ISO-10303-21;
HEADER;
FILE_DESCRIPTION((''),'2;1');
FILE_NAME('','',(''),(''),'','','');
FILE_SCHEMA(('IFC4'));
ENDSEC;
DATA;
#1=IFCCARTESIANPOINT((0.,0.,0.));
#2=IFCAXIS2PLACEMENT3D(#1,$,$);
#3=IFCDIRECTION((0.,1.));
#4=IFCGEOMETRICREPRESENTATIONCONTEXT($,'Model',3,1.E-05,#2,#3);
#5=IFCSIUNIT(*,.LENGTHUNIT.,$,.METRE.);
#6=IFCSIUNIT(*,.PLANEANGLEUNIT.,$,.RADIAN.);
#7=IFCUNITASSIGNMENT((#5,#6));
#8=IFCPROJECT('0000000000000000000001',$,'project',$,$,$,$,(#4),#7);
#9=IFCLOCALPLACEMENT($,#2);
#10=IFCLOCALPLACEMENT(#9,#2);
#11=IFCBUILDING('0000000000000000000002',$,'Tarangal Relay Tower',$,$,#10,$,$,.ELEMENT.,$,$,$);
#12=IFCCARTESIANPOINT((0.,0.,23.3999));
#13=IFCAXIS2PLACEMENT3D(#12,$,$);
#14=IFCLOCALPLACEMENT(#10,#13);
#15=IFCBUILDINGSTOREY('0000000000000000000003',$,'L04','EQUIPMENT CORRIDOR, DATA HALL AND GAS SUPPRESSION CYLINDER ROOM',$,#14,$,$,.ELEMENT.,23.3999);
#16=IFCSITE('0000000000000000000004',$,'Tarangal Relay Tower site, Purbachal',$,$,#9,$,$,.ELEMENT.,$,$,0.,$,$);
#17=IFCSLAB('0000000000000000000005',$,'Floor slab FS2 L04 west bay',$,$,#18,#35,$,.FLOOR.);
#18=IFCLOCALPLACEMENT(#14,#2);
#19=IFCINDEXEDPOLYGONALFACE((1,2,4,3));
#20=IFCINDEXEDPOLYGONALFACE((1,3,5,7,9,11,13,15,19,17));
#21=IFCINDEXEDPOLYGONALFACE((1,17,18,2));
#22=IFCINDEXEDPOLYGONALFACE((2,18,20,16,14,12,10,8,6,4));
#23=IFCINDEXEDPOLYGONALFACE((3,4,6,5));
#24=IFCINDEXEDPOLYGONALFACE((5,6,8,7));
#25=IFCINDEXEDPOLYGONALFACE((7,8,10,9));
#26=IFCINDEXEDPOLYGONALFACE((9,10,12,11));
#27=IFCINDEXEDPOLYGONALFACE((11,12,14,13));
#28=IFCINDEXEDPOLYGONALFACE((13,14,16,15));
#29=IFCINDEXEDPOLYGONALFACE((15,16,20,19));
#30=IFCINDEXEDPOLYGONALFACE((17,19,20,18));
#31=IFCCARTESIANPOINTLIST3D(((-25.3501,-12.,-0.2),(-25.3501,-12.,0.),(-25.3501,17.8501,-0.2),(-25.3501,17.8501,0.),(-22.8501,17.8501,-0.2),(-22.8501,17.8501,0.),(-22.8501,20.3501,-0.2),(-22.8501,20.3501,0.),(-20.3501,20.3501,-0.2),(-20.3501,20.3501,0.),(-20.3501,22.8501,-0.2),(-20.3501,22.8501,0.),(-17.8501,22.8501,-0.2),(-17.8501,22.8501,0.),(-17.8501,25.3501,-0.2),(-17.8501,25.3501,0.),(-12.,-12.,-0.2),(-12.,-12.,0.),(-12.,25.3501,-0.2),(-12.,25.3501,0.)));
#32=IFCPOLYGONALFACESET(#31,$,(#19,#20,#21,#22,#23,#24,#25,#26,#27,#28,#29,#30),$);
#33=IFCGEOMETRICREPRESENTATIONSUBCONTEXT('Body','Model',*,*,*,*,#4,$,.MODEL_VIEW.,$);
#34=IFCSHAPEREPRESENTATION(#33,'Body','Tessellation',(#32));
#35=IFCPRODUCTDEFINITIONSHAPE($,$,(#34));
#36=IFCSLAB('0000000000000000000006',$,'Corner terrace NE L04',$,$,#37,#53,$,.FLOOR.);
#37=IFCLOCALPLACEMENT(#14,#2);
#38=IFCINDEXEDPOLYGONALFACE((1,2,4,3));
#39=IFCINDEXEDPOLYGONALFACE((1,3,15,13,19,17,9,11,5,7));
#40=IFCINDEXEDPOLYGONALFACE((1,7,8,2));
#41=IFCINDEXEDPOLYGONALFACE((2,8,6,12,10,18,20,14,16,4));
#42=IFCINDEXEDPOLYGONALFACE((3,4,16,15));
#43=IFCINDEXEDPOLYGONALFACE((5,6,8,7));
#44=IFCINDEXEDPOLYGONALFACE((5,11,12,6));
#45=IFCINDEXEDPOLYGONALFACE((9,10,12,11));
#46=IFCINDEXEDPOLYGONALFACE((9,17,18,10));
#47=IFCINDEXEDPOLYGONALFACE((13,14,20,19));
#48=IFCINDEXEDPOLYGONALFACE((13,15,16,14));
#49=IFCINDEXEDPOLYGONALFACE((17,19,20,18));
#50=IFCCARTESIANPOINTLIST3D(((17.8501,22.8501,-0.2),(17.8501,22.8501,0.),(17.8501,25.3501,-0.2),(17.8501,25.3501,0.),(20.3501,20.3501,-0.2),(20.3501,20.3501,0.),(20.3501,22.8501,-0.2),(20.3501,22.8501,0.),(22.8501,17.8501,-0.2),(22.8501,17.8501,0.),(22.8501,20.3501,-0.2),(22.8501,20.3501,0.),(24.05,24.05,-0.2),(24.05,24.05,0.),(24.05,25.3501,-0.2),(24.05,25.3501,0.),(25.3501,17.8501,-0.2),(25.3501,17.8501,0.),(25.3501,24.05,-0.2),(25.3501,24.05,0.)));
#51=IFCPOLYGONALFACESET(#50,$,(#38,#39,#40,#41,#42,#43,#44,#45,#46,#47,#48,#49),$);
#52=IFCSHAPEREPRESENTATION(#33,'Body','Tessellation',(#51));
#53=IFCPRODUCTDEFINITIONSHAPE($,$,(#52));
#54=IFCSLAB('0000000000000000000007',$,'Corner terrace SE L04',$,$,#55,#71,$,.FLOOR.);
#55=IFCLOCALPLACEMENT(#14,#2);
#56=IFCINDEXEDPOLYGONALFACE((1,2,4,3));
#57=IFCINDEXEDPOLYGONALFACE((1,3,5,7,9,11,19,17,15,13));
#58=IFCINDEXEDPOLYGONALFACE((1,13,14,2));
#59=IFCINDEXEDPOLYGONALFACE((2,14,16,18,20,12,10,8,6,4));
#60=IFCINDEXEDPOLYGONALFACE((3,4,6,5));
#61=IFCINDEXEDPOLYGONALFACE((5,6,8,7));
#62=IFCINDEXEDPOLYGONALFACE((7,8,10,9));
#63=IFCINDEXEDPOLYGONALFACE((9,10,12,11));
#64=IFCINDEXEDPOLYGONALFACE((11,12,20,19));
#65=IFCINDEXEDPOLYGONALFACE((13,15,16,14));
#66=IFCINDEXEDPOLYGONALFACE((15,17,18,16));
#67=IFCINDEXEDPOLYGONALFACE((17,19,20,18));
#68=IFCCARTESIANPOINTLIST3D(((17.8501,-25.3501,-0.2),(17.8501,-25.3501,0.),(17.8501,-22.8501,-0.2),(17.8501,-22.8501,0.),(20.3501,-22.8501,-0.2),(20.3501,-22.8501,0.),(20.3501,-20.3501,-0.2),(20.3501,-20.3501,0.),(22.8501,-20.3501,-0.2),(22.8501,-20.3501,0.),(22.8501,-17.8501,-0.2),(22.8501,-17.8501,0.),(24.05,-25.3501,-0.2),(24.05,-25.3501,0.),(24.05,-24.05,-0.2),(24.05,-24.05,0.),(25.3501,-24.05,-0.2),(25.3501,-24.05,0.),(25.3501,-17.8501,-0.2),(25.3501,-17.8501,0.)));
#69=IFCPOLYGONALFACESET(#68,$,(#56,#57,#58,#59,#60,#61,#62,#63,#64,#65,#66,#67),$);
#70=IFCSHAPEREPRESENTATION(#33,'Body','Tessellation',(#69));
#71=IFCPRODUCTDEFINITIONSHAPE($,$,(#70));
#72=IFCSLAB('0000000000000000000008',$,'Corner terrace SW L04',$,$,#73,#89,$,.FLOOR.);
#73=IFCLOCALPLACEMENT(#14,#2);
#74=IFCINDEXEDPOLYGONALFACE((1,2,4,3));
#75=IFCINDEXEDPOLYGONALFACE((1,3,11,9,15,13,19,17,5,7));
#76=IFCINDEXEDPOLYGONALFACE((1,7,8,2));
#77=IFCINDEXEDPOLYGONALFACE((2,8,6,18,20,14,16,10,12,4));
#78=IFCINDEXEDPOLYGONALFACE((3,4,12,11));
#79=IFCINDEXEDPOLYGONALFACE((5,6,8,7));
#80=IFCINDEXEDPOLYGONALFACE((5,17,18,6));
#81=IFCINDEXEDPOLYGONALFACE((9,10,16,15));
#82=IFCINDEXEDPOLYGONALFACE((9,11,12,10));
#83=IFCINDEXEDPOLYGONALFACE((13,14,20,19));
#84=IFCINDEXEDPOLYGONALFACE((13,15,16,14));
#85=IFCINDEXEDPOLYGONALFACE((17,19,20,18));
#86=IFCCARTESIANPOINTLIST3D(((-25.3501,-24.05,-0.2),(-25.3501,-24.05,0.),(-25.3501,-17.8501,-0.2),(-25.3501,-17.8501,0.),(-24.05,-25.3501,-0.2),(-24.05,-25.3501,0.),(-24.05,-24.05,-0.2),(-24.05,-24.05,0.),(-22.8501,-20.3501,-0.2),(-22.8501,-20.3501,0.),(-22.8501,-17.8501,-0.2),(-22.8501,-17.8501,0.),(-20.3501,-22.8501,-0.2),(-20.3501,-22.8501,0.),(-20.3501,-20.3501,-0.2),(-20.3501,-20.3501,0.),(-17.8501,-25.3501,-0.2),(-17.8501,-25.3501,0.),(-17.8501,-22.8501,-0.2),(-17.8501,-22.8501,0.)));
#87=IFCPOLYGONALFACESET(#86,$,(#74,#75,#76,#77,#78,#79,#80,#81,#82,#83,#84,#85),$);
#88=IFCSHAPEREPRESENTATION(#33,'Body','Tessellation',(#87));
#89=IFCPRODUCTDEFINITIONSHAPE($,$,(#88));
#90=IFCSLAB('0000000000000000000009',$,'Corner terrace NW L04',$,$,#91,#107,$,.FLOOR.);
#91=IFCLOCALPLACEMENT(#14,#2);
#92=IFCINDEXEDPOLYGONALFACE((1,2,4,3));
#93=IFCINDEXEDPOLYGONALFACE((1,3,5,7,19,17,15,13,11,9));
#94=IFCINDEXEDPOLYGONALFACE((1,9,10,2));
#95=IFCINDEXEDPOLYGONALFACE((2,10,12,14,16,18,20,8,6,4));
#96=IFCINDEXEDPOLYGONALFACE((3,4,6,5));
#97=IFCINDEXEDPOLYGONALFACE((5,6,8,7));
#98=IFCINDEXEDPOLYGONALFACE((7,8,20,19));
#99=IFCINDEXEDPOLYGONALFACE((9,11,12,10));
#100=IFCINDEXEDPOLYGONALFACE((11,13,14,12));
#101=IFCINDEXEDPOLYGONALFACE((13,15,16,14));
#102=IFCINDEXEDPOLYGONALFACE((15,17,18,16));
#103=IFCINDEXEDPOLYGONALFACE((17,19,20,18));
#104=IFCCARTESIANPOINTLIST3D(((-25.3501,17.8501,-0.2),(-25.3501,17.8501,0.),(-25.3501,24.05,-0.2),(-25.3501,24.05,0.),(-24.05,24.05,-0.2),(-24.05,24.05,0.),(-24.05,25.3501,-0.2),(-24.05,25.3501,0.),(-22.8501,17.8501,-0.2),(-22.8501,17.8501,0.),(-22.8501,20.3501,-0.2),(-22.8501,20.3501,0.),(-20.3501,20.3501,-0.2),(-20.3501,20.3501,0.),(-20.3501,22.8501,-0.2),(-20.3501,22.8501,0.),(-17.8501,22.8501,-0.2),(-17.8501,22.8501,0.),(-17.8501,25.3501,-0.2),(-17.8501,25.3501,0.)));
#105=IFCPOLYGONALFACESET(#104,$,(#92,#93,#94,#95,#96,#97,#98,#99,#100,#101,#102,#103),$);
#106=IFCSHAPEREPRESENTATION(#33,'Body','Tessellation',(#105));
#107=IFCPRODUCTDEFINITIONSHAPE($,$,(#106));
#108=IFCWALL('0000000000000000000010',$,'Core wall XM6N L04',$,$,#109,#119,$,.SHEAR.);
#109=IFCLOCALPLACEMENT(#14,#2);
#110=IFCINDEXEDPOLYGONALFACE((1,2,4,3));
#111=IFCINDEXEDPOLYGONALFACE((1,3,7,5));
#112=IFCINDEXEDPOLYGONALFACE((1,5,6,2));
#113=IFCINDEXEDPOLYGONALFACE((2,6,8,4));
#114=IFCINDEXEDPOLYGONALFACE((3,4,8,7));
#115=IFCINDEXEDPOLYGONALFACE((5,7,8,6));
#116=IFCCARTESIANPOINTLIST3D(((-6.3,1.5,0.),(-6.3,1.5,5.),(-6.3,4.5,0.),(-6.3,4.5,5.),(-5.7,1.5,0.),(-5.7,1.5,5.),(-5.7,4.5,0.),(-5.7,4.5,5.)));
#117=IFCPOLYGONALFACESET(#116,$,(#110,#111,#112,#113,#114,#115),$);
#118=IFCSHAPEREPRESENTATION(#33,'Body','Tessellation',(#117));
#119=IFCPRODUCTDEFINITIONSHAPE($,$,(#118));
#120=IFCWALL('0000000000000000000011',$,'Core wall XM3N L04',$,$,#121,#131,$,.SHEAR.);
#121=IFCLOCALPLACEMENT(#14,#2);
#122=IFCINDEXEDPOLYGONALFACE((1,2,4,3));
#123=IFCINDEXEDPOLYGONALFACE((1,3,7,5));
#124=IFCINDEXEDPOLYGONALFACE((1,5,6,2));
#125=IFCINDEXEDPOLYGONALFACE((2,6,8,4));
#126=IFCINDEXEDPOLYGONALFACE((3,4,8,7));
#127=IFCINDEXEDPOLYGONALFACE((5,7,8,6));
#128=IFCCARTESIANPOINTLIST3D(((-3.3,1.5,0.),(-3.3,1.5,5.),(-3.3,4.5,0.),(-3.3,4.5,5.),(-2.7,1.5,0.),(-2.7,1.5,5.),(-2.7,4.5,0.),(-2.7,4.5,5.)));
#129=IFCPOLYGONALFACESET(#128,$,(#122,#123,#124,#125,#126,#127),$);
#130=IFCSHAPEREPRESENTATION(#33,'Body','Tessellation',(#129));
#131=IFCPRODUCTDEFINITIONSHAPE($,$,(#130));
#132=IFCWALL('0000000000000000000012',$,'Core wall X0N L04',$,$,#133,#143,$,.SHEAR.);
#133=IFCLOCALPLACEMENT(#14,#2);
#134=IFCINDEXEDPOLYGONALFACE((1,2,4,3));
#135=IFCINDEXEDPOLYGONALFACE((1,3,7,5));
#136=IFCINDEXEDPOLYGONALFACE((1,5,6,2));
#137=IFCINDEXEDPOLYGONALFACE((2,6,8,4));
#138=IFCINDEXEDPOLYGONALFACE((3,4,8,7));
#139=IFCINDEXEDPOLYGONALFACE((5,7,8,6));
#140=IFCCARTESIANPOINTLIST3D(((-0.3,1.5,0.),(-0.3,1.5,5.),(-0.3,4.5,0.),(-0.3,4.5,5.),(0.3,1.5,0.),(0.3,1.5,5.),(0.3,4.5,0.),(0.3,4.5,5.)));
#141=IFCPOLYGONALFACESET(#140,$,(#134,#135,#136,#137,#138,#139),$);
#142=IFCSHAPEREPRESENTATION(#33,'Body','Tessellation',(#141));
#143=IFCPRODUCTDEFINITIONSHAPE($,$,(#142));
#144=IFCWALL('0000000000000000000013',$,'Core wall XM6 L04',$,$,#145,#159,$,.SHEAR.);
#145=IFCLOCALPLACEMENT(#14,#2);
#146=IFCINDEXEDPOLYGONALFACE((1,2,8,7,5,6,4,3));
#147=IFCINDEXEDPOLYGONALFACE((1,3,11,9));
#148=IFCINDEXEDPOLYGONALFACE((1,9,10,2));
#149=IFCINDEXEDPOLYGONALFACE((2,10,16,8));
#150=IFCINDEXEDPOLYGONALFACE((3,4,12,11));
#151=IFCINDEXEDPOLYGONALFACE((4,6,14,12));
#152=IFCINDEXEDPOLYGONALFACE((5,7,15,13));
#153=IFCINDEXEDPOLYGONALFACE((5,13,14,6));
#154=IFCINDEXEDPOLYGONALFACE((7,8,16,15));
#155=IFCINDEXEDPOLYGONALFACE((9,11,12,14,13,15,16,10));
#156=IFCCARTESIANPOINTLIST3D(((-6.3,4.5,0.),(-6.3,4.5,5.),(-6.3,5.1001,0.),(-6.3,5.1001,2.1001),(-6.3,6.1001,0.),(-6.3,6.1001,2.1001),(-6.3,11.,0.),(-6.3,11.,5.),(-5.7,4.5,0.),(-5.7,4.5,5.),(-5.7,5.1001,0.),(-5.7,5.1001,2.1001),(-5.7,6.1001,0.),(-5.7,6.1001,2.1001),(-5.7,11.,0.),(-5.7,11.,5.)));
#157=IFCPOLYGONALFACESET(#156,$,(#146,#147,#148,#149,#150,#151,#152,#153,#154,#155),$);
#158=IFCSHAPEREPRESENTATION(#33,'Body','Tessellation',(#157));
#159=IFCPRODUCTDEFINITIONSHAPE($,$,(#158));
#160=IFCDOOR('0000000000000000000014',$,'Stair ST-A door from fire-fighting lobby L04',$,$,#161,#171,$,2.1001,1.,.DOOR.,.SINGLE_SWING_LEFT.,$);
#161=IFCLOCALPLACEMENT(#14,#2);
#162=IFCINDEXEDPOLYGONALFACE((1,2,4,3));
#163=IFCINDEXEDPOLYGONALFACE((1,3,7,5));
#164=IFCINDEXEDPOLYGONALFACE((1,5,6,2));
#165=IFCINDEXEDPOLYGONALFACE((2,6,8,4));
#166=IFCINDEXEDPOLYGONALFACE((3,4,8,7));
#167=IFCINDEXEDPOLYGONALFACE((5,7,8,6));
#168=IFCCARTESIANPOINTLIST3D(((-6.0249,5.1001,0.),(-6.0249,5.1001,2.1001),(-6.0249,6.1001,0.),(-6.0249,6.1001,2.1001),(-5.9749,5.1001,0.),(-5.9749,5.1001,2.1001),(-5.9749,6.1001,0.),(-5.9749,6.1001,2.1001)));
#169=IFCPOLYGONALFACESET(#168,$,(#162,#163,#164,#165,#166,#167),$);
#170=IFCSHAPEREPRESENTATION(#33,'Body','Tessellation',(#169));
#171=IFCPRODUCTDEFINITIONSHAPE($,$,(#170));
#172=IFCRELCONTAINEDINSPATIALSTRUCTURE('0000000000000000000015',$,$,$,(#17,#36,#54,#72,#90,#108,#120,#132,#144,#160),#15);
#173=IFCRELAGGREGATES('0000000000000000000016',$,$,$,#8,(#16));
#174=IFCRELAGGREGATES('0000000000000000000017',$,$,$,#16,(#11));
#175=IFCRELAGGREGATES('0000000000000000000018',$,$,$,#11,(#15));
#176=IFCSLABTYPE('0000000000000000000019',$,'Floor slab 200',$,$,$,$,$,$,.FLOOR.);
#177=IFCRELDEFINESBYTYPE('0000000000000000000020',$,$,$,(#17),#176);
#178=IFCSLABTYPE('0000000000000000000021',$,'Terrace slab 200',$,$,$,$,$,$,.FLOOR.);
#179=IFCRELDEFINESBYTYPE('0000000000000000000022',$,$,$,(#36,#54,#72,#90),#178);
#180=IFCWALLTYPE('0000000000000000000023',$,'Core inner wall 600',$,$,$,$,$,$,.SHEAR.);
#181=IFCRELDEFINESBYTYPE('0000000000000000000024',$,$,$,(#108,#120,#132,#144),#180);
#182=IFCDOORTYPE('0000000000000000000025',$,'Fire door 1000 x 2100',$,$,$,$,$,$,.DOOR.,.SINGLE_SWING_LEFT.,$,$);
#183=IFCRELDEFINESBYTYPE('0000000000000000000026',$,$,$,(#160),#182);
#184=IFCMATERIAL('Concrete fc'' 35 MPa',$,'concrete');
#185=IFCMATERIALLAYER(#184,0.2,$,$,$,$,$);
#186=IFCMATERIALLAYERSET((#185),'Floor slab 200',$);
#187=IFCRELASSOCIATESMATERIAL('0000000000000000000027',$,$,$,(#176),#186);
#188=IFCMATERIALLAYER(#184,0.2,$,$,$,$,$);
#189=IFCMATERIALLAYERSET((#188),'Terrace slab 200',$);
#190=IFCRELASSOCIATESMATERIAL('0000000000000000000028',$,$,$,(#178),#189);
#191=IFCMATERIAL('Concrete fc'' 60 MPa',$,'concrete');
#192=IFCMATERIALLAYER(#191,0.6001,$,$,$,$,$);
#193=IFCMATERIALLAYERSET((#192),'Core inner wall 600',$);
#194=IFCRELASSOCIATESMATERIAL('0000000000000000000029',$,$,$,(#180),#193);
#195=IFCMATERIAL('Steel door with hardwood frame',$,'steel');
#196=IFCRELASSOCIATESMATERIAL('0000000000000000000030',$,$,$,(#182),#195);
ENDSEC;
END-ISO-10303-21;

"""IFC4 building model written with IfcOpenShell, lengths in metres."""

from ifc_helpers import new_model, si_unit, direction, frame, frame_2d, origin, place, context, subcontext, project, spatial, polyline, rectangle, outline, extrude, material, layer, layer_set, type_object, element, fill, save


model = new_model("IFC4")

# Units and contexts
model_context = context("Model", 3, precision=1e-05, world=origin(), true_north=direction((0.0, 1.0)))
body_context = subcontext(model_context, "Body", "Model", "MODEL_VIEW")
ifc_project = project(units=[si_unit("LENGTHUNIT", "METRE"), si_unit("PLANEANGLEUNIT", "RADIAN")], contexts=[model_context])

# Site, building, storey
site_placement = place(None, origin())
site = spatial("IfcSite", under=ifc_project, at=site_placement, Name="Tarangal Relay Tower site, Purbachal", CompositionType="ELEMENT", RefElevation=0.0)
building_placement = place(site_placement, origin())
building = spatial("IfcBuilding", under=site, at=building_placement, Name="Tarangal Relay Tower", CompositionType="ELEMENT")
storey_placement = place(building_placement, frame((0.0, 0.0, 23.3999)))
storey = spatial("IfcBuildingStorey", under=building, at=storey_placement, Name="L04", Description="EQUIPMENT CORRIDOR, DATA HALL AND GAS SUPPRESSION CYLINDER ROOM", CompositionType="ELEMENT", Elevation=23.3999)

# Slabs
ifc_material_1 = material(Name="Concrete fc' 35 MPa", Category="concrete")
ifc_layer_1 = layer(ifc_material_1, 0.2)
ifc_layer_set_1 = layer_set([ifc_layer_1], Name="Floor slab 200")
slab_type_1 = type_object("IfcSlabType", Name="Floor slab 200", PredefinedType="FLOOR", material=ifc_layer_set_1)
slab_1_placement = place(storey_placement, frame((0.0, 0.0, -0.2)))
element("IfcSlab", 1, at=slab_1_placement, inside=storey, type_object=slab_type_1, Name="Floor slab FS2 L04 west bay", PredefinedType="FLOOR", context=body_context, shape_type="SweptSolid", body=[
    extrude(outline(polyline([(-12.0, 25.3501), (-12.0, -12.0), (-25.3501, -12.0), (-25.3501, 17.8501), (-22.8501, 17.8501), (-22.8501, 20.3501), (-20.3501, 20.3501), (-20.3501, 22.8501), (-17.8501, 22.8501), (-17.8501, 25.3501), (-12.0, 25.3501)])), origin(), (0.0, 0.0, 1.0), 0.2),
])
ifc_layer_2 = layer(ifc_material_1, 0.2)
ifc_layer_set_2 = layer_set([ifc_layer_2], Name="Terrace slab 200")
slab_type_2 = type_object("IfcSlabType", Name="Terrace slab 200", PredefinedType="FLOOR", material=ifc_layer_set_2)
slab_2_placement = place(storey_placement, frame((0.0, 0.0, -0.2)))
element("IfcSlab", 2, at=slab_2_placement, inside=storey, type_object=slab_type_2, Name="Corner terrace NE L04", PredefinedType="FLOOR", context=body_context, shape_type="SweptSolid", body=[
    extrude(outline(polyline([(17.8501, 25.3501), (17.8501, 22.8501), (20.3501, 22.8501), (20.3501, 20.3501), (22.8501, 20.3501), (22.8501, 17.8501), (25.3501, 17.8501), (25.3501, 24.05), (24.05, 24.05), (24.05, 25.3501), (17.8501, 25.3501)])), origin(), (0.0, 0.0, 1.0), 0.2),
])
slab_3_placement = place(storey_placement, frame((0.0, 0.0, -0.2)))
element("IfcSlab", 3, at=slab_3_placement, inside=storey, type_object=slab_type_2, Name="Corner terrace SE L04", PredefinedType="FLOOR", context=body_context, shape_type="SweptSolid", body=[
    extrude(outline(polyline([(25.3501, -17.8501), (22.8501, -17.8501), (22.8501, -20.3501), (20.3501, -20.3501), (20.3501, -22.8501), (17.8501, -22.8501), (17.8501, -25.3501), (24.05, -25.3501), (24.05, -24.05), (25.3501, -24.05), (25.3501, -17.8501)])), origin(), (0.0, 0.0, 1.0), 0.2),
])
slab_4_placement = place(storey_placement, frame((0.0, 0.0, -0.2)))
element("IfcSlab", 4, at=slab_4_placement, inside=storey, type_object=slab_type_2, Name="Corner terrace SW L04", PredefinedType="FLOOR", context=body_context, shape_type="SweptSolid", body=[
    extrude(outline(polyline([(-17.8501, -25.3501), (-17.8501, -22.8501), (-20.3501, -22.8501), (-20.3501, -20.3501), (-22.8501, -20.3501), (-22.8501, -17.8501), (-25.3501, -17.8501), (-25.3501, -24.05), (-24.05, -24.05), (-24.05, -25.3501), (-17.8501, -25.3501)])), origin(), (0.0, 0.0, 1.0), 0.2),
])
slab_5_placement = place(storey_placement, frame((0.0, 0.0, -0.2)))
element("IfcSlab", 5, at=slab_5_placement, inside=storey, type_object=slab_type_2, Name="Corner terrace NW L04", PredefinedType="FLOOR", context=body_context, shape_type="SweptSolid", body=[
    extrude(outline(polyline([(-25.3501, 17.8501), (-22.8501, 17.8501), (-22.8501, 20.3501), (-20.3501, 20.3501), (-20.3501, 22.8501), (-17.8501, 22.8501), (-17.8501, 25.3501), (-24.05, 25.3501), (-24.05, 24.05), (-25.3501, 24.05), (-25.3501, 17.8501)])), origin(), (0.0, 0.0, 1.0), 0.2),
])

# Shared definitions
ifc_material_2 = material(Name="Concrete fc' 60 MPa", Category="concrete")
ifc_layer_3 = layer(ifc_material_2, 0.6001)
ifc_layer_set_3 = layer_set([ifc_layer_3], Name="Core inner wall 600")
wall_type_1 = type_object("IfcWallType", Name="Core inner wall 600", PredefinedType="SHEAR", material=ifc_layer_set_3)
ifc_material_3 = material(Name="Steel door with hardwood frame", Category="steel")

# Walls
for number, where, z_axis, x_axis, name in (
    (6, (-6.0, 1.5, 0.0), (0.0, 0.0, 1.0), (0.0, 1.0, 0.0), "Core wall XM6N L04"),
    (7, (-3.0, 1.5, 0.0), (0.0, 0.0, 1.0), (0.0, 1.0, 0.0), "Core wall XM3N L04"),
    (8, (0.0, 1.5, 0.0), (0.0, 0.0, 1.0), (0.0, 1.0, 0.0), "Core wall X0N L04"),
):
    element("IfcWall", number, at=place(storey_placement, frame(where, z_axis=z_axis, x_axis=x_axis)), inside=storey, type_object=wall_type_1, Name=name, PredefinedType="SHEAR", context=body_context, shape_type="SweptSolid", body=[
        extrude(rectangle(XDim=3.0, YDim=0.6001, at=frame_2d((1.5, 0.0))), origin(), (0.0, 0.0, 1.0), 5.0),
    ])

# Wall, opening, door
wall_1_placement = place(storey_placement, frame((-6.0, 4.5, 0.0), z_axis=(0.0, 0.0, 1.0), x_axis=(0.0, 1.0, 0.0)))
wall_1 = element("IfcWall", 9, at=wall_1_placement, inside=storey, type_object=wall_type_1, Name="Core wall XM6 L04", PredefinedType="SHEAR", context=body_context, shape_type="SweptSolid", body=[
    extrude(rectangle(XDim=6.5, YDim=0.6001, at=frame_2d((3.25, 0.0))), origin(), (0.0, 0.0, 1.0), 5.0),
])
opening_1_placement = place(wall_1_placement, frame((0.6001, 0.0, 0.0)))
opening_1 = element("IfcOpeningElement", 10, at=opening_1_placement, cuts=wall_1, PredefinedType="OPENING", context=body_context, shape_type="SweptSolid", body=[
    extrude(rectangle(XDim=1.0, YDim=2.1001, at=frame_2d((0.5, 1.05))), frame((0.0, 0.3101, 0.0), z_axis=(0.0, -1.0, 0.0), x_axis=(1.0, 0.0, 0.0)), (0.0, 0.0, 1.0), 0.6201),
])
door_type_1 = type_object("IfcDoorType", Name="Fire door 1000 x 2100", OperationType="SINGLE_SWING_LEFT", PredefinedType="DOOR", material=ifc_material_3)
door_1_placement = place(opening_1_placement, origin())
door_1 = element("IfcDoor", 11, at=door_1_placement, inside=storey, type_object=door_type_1, Name="Stair ST-A door from fire-fighting lobby L04", OperationType="SINGLE_SWING_LEFT", OverallHeight=2.1001, OverallWidth=1.0, PredefinedType="DOOR", context=body_context, shape_type="SweptSolid", body=[
    extrude(rectangle(XDim=1.0, YDim=2.1001, at=frame_2d((0.5, 1.05))), frame((0.0, 0.0249, 0.0), z_axis=(0.0, -1.0, 0.0), x_axis=(1.0, 0.0, 0.0)), (0.0, 0.0, 1.0), 0.05),
])
fill(opening_1, door_1)

save(model, "model.ifc")
